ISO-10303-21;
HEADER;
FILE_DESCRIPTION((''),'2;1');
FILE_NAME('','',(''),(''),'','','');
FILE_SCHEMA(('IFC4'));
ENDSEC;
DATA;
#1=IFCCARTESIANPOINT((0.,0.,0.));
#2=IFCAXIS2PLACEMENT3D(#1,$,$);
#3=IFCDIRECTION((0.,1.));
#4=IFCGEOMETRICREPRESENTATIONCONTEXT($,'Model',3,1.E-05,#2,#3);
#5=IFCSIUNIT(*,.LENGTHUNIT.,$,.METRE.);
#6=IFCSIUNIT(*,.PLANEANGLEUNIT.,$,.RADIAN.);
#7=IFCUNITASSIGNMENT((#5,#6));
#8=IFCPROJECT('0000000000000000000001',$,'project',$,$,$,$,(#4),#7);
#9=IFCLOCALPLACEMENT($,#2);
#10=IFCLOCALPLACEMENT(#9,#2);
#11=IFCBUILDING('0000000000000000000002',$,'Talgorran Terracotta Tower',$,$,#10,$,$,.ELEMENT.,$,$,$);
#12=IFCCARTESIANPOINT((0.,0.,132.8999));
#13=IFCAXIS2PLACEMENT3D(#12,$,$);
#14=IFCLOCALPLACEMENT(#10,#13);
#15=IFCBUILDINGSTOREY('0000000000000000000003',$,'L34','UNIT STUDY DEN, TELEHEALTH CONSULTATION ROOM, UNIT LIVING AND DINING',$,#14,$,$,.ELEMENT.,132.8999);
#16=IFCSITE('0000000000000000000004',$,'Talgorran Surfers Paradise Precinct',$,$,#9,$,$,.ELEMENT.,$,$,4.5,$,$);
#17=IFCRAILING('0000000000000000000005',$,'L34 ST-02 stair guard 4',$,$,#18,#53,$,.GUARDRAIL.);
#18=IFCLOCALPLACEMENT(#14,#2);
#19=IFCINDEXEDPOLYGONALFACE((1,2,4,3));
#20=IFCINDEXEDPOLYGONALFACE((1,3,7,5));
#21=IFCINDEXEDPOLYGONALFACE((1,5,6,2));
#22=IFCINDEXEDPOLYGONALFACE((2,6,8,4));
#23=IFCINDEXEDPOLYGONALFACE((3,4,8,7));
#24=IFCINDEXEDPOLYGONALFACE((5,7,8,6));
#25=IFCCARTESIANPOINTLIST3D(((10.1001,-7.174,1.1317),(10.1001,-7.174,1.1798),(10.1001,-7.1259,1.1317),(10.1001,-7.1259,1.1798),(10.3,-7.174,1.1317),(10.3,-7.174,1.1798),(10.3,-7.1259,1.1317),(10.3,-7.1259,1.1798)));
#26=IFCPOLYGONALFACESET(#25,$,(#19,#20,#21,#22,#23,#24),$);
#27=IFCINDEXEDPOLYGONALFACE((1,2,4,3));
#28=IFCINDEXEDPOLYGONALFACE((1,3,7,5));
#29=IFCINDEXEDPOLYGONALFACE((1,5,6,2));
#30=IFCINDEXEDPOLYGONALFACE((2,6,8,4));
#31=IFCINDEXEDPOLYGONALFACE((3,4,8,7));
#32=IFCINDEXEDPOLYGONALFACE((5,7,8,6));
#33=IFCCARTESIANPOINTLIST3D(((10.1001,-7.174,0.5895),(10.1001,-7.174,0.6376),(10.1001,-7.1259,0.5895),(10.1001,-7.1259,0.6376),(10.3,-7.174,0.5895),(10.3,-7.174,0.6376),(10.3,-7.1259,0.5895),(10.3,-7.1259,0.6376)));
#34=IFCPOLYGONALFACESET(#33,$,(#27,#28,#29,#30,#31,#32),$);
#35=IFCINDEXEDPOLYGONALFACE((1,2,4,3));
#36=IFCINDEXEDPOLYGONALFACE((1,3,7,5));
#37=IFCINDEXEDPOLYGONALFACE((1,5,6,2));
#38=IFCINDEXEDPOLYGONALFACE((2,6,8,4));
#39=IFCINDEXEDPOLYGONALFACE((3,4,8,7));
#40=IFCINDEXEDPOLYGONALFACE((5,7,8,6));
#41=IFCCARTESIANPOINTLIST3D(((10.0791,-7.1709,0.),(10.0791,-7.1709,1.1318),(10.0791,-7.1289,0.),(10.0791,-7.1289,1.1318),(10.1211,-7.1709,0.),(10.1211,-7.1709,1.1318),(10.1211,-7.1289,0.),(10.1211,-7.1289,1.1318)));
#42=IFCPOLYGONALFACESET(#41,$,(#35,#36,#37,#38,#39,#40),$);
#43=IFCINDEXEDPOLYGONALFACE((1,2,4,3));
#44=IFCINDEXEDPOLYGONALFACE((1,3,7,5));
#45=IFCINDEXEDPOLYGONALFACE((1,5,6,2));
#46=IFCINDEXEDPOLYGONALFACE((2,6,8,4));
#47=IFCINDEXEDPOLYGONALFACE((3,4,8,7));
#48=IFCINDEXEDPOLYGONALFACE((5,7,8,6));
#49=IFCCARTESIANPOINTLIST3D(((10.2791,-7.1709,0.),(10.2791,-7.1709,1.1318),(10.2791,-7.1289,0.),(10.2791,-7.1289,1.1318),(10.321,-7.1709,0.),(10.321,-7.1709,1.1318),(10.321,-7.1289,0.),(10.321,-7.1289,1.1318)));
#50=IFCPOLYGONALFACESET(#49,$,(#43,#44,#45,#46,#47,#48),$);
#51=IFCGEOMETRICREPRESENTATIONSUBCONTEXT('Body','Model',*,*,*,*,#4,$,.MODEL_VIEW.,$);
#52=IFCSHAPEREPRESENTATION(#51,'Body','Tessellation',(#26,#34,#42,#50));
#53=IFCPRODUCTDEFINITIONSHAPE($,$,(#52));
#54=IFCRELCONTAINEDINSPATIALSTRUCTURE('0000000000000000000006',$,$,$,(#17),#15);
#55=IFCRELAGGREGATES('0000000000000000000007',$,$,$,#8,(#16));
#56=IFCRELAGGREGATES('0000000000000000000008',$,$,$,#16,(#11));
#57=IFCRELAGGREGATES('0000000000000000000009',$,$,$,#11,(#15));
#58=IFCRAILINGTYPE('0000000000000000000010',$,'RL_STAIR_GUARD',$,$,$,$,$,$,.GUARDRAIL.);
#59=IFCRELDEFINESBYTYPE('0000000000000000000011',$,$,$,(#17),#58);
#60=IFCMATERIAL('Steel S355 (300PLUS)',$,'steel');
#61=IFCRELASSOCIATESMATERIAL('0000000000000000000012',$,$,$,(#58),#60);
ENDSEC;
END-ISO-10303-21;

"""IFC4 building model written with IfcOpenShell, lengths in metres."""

from ifc_helpers import new_model, si_unit, direction, frame, origin, origin_2d, place, context, subcontext, project, spatial, rectangle, extrude, material, type_object, element, save


model = new_model("IFC4")

# Units and contexts
model_context = context("Model", 3, precision=1e-05, world=origin(), true_north=direction((0.0, 1.0)))
body_context = subcontext(model_context, "Body", "Model", "MODEL_VIEW")
ifc_project = project(units=[si_unit("LENGTHUNIT", "METRE"), si_unit("PLANEANGLEUNIT", "RADIAN")], contexts=[model_context])

# Site, building, storey
site_placement = place(None, origin())
site = spatial("IfcSite", under=ifc_project, at=site_placement, Name="Talgorran Surfers Paradise Precinct", CompositionType="ELEMENT", RefElevation=4.5)
building_placement = place(site_placement, origin())
building = spatial("IfcBuilding", under=site, at=building_placement, Name="Talgorran Terracotta Tower", CompositionType="ELEMENT")
storey_placement = place(building_placement, frame((0.0, 0.0, 132.8999)))
storey = spatial("IfcBuildingStorey", under=building, at=storey_placement, Name="L34", Description="UNIT STUDY DEN, TELEHEALTH CONSULTATION ROOM, UNIT LIVING AND DINING", CompositionType="ELEMENT", Elevation=132.8999)

# Shared definitions
ifc_material_1 = material(Name="Steel S355 (300PLUS)", Category="steel")

# Railing
railing_type_1 = type_object("IfcRailingType", Name="RL_STAIR_GUARD", PredefinedType="GUARDRAIL", material=ifc_material_1)
railing_1_placement = place(storey_placement, frame((10.1001, -7.1499, 0.0)))
element("IfcRailing", 1, at=railing_1_placement, inside=storey, type_object=railing_type_1, Name="L34 ST-02 stair guard 4", PredefinedType="GUARDRAIL", context=body_context, shape_type="SweptSolid", body=[
    extrude(rectangle(XDim=0.0481, YDim=0.0481, at=origin_2d()), frame((0.0, 0.0, 1.1558), z_axis=(1.0, 0.0, 0.0), x_axis=(0.0, 1.0, 0.0)), (0.0, 0.0, 1.0), 0.2),
    extrude(rectangle(XDim=0.0481, YDim=0.0481, at=origin_2d()), frame((0.0, 0.0, 0.6135), z_axis=(1.0, 0.0, 0.0), x_axis=(0.0, 1.0, 0.0)), (0.0, 0.0, 1.0), 0.2),
    extrude(rectangle(XDim=0.042, YDim=0.042, at=origin_2d()), origin(), (0.0, 0.0, 1.0), 1.1318),
    extrude(rectangle(XDim=0.042, YDim=0.042, at=origin_2d()), frame((0.2, 0.0, 0.0)), (0.0, 0.0, 1.0), 1.1318),
])

save(model, "model.ifc")
